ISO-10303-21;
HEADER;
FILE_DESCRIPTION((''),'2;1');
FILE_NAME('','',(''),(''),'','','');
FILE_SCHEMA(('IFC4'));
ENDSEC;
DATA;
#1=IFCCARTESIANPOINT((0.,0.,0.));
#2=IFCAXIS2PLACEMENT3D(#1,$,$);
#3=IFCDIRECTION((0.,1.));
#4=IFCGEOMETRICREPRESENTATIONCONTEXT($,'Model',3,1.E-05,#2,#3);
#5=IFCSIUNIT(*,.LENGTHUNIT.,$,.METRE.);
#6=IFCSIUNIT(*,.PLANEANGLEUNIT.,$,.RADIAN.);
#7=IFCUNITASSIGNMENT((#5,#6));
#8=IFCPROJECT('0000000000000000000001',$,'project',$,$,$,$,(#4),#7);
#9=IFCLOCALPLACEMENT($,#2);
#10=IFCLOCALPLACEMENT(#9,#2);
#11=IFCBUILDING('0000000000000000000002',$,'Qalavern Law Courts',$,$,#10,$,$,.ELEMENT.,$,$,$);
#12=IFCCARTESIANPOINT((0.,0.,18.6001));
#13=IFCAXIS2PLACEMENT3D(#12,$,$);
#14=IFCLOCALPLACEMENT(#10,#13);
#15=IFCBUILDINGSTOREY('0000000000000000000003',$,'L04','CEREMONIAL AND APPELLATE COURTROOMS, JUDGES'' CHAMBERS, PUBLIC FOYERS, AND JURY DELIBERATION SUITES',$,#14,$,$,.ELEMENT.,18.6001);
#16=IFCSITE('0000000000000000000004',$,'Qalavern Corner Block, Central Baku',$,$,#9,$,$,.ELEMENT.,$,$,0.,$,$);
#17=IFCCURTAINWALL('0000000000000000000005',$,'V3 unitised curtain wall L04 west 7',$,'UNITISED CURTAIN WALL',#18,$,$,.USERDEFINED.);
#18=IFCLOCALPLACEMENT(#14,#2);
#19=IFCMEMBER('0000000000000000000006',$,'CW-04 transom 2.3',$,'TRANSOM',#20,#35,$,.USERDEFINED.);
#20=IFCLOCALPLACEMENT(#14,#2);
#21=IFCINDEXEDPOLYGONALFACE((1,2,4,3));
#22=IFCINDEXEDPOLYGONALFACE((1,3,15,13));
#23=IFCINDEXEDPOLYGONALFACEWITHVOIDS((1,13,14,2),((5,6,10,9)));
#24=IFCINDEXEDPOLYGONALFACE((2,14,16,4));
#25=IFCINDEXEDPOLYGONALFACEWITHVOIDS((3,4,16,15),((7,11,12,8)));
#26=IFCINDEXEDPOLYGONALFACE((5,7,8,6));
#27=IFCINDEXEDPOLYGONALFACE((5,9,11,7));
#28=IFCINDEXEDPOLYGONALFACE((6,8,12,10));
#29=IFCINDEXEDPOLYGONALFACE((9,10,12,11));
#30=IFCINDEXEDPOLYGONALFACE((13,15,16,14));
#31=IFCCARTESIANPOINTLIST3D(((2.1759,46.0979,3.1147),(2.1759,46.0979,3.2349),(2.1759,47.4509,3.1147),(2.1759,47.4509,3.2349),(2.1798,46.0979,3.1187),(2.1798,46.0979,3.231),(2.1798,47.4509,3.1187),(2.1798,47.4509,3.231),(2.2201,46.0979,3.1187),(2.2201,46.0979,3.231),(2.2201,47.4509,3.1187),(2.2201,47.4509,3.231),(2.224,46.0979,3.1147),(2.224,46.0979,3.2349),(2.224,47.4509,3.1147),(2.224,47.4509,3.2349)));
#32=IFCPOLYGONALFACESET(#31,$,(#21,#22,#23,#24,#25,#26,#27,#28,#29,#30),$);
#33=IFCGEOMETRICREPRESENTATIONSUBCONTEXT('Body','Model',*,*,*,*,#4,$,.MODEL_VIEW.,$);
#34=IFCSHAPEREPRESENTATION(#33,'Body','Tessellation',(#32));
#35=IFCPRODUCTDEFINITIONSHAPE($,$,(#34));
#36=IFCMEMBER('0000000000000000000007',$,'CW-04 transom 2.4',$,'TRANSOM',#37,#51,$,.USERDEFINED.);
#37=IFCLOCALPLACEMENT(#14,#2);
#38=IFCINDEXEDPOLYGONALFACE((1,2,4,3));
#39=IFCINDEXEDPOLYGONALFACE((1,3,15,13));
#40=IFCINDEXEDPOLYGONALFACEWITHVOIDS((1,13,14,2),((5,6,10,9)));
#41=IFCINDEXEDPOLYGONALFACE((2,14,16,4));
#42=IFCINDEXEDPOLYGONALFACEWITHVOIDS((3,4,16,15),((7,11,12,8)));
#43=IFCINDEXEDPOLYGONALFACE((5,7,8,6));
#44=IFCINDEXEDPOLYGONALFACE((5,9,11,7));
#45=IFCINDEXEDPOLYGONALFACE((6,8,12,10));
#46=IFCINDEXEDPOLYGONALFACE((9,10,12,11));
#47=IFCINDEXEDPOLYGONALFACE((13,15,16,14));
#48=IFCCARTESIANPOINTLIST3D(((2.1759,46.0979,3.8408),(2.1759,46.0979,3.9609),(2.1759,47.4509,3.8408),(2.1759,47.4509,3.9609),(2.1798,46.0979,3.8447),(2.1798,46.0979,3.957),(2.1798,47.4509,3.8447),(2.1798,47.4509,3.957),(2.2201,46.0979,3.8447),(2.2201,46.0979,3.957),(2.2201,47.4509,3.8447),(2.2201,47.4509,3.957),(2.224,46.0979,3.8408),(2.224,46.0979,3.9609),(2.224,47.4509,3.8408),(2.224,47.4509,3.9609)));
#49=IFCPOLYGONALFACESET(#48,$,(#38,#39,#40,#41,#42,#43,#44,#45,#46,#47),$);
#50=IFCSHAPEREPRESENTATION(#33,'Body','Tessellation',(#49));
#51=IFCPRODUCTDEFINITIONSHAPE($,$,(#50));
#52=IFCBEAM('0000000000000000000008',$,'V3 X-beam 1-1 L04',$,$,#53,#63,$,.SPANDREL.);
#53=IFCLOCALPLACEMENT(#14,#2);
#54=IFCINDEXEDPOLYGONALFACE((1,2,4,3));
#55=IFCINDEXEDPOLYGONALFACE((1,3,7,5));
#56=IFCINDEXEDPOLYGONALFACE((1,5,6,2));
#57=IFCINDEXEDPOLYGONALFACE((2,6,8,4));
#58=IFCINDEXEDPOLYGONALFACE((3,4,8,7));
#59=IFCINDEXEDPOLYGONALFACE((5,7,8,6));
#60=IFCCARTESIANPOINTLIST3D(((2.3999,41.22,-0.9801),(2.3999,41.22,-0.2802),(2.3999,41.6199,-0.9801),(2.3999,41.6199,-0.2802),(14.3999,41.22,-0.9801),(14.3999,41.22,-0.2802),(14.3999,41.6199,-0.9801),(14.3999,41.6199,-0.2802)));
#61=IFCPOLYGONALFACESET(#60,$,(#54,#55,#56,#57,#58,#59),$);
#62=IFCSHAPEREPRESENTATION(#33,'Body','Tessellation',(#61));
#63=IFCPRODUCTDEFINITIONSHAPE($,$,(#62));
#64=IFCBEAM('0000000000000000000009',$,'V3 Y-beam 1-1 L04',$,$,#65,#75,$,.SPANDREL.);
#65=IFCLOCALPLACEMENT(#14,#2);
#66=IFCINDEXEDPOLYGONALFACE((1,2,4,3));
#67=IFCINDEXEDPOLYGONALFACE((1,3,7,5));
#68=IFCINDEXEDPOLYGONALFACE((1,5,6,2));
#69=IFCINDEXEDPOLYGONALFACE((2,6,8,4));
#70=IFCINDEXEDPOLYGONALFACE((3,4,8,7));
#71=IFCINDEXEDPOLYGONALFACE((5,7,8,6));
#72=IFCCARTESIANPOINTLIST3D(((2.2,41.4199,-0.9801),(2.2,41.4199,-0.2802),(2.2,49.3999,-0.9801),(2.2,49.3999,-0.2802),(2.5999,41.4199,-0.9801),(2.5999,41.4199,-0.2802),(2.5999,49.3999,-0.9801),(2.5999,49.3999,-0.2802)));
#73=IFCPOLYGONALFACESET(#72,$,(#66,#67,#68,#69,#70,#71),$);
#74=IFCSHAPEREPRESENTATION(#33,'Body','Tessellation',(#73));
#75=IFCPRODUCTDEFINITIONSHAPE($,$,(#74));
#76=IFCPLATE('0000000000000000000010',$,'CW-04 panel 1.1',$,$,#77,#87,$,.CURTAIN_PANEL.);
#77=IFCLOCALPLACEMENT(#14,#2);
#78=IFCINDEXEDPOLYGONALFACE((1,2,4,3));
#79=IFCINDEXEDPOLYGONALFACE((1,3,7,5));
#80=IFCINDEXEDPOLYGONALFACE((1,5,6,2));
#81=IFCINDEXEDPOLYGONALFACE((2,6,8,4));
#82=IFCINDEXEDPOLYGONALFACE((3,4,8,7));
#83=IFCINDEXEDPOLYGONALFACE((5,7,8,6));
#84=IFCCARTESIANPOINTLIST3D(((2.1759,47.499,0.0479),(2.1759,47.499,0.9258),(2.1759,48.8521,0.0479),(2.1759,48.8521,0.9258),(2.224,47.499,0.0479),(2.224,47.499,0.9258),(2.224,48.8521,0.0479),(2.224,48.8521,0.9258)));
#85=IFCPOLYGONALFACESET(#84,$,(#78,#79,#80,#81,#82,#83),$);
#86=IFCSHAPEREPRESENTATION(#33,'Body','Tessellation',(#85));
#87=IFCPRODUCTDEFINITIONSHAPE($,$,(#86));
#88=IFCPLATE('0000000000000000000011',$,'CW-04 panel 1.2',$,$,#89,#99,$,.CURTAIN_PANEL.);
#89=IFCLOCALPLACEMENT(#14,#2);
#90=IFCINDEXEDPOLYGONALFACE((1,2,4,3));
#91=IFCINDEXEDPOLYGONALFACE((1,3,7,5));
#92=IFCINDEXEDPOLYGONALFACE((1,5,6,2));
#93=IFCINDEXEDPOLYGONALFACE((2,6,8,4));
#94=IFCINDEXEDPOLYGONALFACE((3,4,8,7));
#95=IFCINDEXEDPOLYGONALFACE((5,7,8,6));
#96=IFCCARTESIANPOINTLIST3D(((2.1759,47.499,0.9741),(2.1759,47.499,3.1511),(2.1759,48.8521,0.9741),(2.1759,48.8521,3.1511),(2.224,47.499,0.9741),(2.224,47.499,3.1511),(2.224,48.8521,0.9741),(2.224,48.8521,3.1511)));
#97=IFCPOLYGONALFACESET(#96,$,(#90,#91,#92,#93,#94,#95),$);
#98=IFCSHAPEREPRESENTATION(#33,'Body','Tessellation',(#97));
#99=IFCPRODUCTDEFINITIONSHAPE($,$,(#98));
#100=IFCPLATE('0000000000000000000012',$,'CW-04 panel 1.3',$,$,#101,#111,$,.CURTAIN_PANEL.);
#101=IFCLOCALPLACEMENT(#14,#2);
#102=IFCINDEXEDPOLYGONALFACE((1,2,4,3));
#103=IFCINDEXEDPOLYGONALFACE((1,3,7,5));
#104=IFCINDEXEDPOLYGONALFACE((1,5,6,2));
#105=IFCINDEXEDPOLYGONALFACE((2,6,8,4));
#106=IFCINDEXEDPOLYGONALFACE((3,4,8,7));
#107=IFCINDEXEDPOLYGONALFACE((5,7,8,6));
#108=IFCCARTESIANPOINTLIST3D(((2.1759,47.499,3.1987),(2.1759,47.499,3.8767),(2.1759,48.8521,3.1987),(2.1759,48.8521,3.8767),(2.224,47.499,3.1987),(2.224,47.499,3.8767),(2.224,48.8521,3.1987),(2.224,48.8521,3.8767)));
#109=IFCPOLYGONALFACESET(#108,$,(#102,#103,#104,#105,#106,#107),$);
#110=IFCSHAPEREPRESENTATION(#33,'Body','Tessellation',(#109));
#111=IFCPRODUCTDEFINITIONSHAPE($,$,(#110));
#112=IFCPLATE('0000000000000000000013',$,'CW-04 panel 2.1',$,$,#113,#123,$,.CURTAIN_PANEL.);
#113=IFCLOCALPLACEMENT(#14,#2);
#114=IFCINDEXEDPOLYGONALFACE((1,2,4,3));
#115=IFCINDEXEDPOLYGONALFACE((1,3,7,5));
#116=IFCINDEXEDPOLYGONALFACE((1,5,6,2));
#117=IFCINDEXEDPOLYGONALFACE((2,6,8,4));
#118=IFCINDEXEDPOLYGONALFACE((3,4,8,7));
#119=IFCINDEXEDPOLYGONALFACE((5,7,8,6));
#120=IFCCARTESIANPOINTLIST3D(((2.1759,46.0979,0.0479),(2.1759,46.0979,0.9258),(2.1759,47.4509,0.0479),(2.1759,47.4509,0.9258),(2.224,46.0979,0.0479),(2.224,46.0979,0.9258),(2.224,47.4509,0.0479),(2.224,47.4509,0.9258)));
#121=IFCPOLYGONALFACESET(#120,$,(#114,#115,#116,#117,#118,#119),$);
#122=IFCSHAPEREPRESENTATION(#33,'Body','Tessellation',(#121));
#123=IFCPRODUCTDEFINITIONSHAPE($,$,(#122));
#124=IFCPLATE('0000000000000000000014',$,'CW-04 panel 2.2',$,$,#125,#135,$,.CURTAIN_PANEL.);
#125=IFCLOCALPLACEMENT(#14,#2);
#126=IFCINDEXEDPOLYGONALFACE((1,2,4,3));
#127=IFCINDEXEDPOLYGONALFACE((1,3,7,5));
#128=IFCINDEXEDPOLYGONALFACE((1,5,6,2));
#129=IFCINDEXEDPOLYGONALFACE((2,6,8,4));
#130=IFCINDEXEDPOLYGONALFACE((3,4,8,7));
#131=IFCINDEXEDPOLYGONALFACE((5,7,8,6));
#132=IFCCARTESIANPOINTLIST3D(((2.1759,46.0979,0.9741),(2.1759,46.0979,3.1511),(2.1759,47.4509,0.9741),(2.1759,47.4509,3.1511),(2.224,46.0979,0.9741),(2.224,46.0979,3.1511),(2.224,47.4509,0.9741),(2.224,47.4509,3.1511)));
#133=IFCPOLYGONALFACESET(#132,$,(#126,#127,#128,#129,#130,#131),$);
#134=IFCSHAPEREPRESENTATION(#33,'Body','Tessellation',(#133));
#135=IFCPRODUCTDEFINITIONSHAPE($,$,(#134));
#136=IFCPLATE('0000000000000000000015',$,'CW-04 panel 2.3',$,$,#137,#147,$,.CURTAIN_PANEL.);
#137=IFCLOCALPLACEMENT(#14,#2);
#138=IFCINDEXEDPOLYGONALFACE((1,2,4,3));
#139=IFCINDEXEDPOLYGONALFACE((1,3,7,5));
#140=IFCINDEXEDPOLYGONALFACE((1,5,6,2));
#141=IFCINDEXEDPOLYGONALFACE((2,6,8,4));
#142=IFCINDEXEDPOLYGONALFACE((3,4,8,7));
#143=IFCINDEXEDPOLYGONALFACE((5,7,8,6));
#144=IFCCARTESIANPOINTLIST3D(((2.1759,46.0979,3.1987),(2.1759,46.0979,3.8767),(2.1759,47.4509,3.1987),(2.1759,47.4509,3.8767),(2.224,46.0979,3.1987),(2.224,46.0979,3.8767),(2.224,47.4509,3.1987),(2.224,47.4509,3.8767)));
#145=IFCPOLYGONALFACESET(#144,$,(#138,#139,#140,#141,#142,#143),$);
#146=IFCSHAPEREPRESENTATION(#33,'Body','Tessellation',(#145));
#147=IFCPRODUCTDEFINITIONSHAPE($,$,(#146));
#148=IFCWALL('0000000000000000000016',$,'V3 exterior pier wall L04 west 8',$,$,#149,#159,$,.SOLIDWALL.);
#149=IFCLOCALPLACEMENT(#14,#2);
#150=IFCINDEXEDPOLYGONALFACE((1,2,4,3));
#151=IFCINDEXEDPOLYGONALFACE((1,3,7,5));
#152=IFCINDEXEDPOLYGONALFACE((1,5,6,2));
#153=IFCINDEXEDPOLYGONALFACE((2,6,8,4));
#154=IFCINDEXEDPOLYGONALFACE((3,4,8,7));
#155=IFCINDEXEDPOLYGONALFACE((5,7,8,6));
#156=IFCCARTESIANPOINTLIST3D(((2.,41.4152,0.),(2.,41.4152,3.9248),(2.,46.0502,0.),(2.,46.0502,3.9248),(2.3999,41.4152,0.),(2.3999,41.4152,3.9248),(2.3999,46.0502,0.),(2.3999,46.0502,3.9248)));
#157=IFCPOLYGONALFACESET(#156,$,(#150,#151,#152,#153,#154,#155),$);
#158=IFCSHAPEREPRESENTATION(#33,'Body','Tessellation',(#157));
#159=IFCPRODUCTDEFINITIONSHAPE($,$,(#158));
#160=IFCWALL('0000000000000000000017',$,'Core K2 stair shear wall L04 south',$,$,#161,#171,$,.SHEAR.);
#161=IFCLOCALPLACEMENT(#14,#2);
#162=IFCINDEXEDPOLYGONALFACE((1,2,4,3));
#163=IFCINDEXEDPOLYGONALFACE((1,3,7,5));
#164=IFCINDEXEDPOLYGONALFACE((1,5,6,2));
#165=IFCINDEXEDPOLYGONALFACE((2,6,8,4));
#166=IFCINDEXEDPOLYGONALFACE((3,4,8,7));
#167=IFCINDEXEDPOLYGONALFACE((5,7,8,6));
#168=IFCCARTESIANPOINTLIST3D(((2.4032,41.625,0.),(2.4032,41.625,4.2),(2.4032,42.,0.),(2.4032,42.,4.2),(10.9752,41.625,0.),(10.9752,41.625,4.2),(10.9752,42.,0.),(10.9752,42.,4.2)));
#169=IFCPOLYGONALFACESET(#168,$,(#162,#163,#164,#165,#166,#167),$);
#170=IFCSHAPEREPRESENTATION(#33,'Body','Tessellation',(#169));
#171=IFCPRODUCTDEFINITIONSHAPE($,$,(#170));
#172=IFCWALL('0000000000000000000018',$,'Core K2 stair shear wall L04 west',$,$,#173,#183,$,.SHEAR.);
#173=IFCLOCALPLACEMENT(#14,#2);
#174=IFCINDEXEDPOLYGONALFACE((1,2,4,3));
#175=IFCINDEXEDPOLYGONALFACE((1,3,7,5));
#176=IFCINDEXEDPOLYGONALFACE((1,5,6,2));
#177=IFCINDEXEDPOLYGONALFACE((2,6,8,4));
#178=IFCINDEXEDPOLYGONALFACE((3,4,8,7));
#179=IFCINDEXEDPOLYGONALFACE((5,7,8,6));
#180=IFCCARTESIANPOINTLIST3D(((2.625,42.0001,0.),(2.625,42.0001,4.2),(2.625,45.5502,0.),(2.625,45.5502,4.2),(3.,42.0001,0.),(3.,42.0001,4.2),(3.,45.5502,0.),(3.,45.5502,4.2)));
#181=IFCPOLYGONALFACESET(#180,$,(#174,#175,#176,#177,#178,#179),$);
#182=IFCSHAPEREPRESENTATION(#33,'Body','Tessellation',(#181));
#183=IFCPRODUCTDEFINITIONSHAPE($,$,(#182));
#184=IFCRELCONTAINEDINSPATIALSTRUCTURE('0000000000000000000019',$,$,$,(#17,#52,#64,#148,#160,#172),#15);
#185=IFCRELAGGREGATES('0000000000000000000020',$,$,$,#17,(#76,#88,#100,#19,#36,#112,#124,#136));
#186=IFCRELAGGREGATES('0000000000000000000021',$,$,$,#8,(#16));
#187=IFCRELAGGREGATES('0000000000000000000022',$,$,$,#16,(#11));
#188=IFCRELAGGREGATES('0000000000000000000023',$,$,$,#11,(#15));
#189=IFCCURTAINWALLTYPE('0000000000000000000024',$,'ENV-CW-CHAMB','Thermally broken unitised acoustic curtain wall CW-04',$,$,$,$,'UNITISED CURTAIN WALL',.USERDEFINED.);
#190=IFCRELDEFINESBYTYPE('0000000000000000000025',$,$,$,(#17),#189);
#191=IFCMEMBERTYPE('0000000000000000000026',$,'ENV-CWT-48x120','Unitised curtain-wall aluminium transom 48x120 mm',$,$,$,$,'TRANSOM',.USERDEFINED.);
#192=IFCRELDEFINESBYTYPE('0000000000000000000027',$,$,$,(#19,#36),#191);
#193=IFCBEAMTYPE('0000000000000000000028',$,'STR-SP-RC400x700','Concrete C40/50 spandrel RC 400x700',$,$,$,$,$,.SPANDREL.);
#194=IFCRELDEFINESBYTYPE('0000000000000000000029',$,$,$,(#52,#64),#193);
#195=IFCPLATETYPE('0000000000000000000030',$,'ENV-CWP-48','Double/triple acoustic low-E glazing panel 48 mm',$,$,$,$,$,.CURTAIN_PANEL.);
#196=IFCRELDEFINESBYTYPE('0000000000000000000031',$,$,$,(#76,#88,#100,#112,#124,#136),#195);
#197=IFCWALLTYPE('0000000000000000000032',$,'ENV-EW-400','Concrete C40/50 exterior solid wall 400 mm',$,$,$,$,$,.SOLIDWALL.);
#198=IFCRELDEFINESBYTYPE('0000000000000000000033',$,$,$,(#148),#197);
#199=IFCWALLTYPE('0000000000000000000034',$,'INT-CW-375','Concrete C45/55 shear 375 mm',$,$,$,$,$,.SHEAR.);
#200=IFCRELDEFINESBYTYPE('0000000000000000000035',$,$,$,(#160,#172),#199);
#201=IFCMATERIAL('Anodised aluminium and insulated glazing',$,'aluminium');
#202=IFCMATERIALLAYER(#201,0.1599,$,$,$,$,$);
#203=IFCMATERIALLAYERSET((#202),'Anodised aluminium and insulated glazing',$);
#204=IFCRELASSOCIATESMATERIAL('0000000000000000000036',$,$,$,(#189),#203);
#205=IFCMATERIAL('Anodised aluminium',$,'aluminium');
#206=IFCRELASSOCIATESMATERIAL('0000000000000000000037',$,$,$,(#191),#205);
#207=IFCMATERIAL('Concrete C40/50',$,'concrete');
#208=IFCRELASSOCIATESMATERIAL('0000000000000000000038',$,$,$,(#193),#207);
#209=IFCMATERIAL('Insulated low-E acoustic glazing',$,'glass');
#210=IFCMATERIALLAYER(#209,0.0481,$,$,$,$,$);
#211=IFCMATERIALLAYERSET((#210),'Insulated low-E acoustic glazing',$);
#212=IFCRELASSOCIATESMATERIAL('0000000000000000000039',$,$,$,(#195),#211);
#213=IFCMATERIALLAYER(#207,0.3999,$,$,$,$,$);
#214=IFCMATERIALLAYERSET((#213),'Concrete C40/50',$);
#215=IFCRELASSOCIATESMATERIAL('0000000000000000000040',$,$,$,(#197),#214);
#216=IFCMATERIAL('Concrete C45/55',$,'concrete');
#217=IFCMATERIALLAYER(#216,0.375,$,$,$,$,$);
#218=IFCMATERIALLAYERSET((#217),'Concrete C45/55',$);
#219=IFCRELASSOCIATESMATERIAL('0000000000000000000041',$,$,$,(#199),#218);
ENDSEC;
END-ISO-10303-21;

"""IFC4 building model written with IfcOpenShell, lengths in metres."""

from ifc_helpers import new_model, si_unit, direction, frame, frame_2d, origin, origin_2d, place, context, subcontext, project, spatial, rectangle, hollow_rectangle, extrude, material, layer, layer_set, material_profile, profile_set, type_object, element, aggregate, save


model = new_model("IFC4")

# Units and contexts
model_context = context("Model", 3, precision=1e-05, world=origin(), true_north=direction((0.0, 1.0)))
body_context = subcontext(model_context, "Body", "Model", "MODEL_VIEW")
ifc_project = project(units=[si_unit("LENGTHUNIT", "METRE"), si_unit("PLANEANGLEUNIT", "RADIAN")], contexts=[model_context])

# Site, building, storey
site_placement = place(None, origin())
site = spatial("IfcSite", under=ifc_project, at=site_placement, Name="Qalavern Corner Block, Central Baku", CompositionType="ELEMENT", RefElevation=0.0)
building_placement = place(site_placement, origin())
building = spatial("IfcBuilding", under=site, at=building_placement, Name="Qalavern Law Courts", CompositionType="ELEMENT")
storey_placement = place(building_placement, frame((0.0, 0.0, 18.6001)))
storey = spatial("IfcBuildingStorey", under=building, at=storey_placement, Name="L04", Description="CEREMONIAL AND APPELLATE COURTROOMS, JUDGES' CHAMBERS, PUBLIC FOYERS, AND JURY DELIBERATION SUITES", CompositionType="ELEMENT", Elevation=18.6001)

# Shared definitions
ifc_material_1 = material(Name="Concrete C45/55", Category="concrete")

# Curtain wall, members
ifc_material_2 = material(Name="Anodised aluminium and insulated glazing", Category="aluminium")
ifc_layer_1 = layer(ifc_material_2, 0.1599)
ifc_layer_set_1 = layer_set([ifc_layer_1], Name="Anodised aluminium and insulated glazing")
curtain_wall_type = type_object("IfcCurtainWallType", Name="ENV-CW-CHAMB", Description="Thermally broken unitised acoustic curtain wall CW-04", ElementType="UNITISED CURTAIN WALL", PredefinedType="USERDEFINED", material=ifc_layer_set_1)
curtain_wall_placement = place(storey_placement, origin())
curtain_wall = element("IfcCurtainWall", 1, at=curtain_wall_placement, inside=storey, type_object=curtain_wall_type, Name="V3 unitised curtain wall L04 west 7", ObjectType="UNITISED CURTAIN WALL", PredefinedType="USERDEFINED")
ifc_material_3 = material(Name="Anodised aluminium", Category="aluminium")
ifc_material_profile_1 = material_profile(ifc_material_3, hollow_rectangle(XDim=0.0481, YDim=0.1201, WallThickness=0.0039, at=origin_2d()), Name="ALU TRANSOM 48x120")
ifc_profile_set_1 = profile_set([ifc_material_profile_1], Name="Anodised aluminium")
member_type_1 = type_object("IfcMemberType", Name="ENV-CWT-48x120", Description="Unitised curtain-wall aluminium transom 48x120 mm", ElementType="TRANSOM", PredefinedType="USERDEFINED", material=ifc_profile_set_1)
member_1_placement = place(storey_placement, frame((2.2, 47.4509, 3.1748), z_axis=(0.0, -1.0, 0.0), x_axis=(1.0, 0.0, 0.0)))
member_1 = element("IfcMember", 2, at=member_1_placement, type_object=member_type_1, Name="CW-04 transom 2.3", ObjectType="TRANSOM", PredefinedType="USERDEFINED", context=body_context, shape_type="SweptSolid", body=[
    extrude(hollow_rectangle(XDim=0.0481, YDim=0.1201, WallThickness=0.0039, at=origin_2d()), origin(), (0.0, 0.0, 1.0), 1.353),
])
member_2_placement = place(storey_placement, frame((2.2, 47.4509, 3.9009), z_axis=(0.0, -1.0, 0.0), x_axis=(1.0, 0.0, 0.0)))
member_2 = element("IfcMember", 3, at=member_2_placement, type_object=member_type_1, Name="CW-04 transom 2.4", ObjectType="TRANSOM", PredefinedType="USERDEFINED", context=body_context, shape_type="SweptSolid", body=[
    extrude(hollow_rectangle(XDim=0.0481, YDim=0.1201, WallThickness=0.0039, at=origin_2d()), origin(), (0.0, 0.0, 1.0), 1.353),
])

# Beams
ifc_material_4 = material(Name="Concrete C40/50", Category="concrete")
ifc_material_profile_2 = material_profile(ifc_material_4, rectangle(XDim=0.3999, YDim=0.7, at=origin_2d()), Name="RC 400x700")
ifc_profile_set_2 = profile_set([ifc_material_profile_2], Name="Concrete C40/50")
beam_type = type_object("IfcBeamType", Name="STR-SP-RC400x700", Description="Concrete C40/50 spandrel RC 400x700", PredefinedType="SPANDREL", material=ifc_profile_set_2)
beam_1_placement = place(storey_placement, frame((2.3999, 41.4199, -0.6301), z_axis=(1.0, 0.0, 0.0), x_axis=(0.0, 1.0, 0.0)))
element("IfcBeam", 4, at=beam_1_placement, inside=storey, type_object=beam_type, Name="V3 X-beam 1-1 L04", PredefinedType="SPANDREL", context=body_context, shape_type="SweptSolid", body=[
    extrude(rectangle(XDim=0.3999, YDim=0.7, at=origin_2d()), origin(), (0.0, 0.0, 1.0), 12.0),
])
beam_2_placement = place(storey_placement, frame((2.3999, 41.4199, -0.6301), z_axis=(0.0, 1.0, 0.0), x_axis=(-1.0, 0.0, 0.0)))
element("IfcBeam", 5, at=beam_2_placement, inside=storey, type_object=beam_type, Name="V3 Y-beam 1-1 L04", PredefinedType="SPANDREL", context=body_context, shape_type="SweptSolid", body=[
    extrude(rectangle(XDim=0.3999, YDim=0.7, at=origin_2d()), origin(), (0.0, 0.0, 1.0), 7.98),
])

# Plates
ifc_material_5 = material(Name="Insulated low-E acoustic glazing", Category="glass")
ifc_layer_2 = layer(ifc_material_5, 0.0481)
ifc_layer_set_2 = layer_set([ifc_layer_2], Name="Insulated low-E acoustic glazing")
plate_type = type_object("IfcPlateType", Name="ENV-CWP-48", Description="Double/triple acoustic low-E glazing panel 48 mm", PredefinedType="CURTAIN_PANEL", material=ifc_layer_set_2)
plate_1_placement = place(storey_placement, frame((2.2, 48.1755, 0.0479), z_axis=(0.0, 0.0, 1.0), x_axis=(0.0, -1.0, 0.0)))
plate_1 = element("IfcPlate", 6, at=plate_1_placement, type_object=plate_type, Name="CW-04 panel 1.1", PredefinedType="CURTAIN_PANEL", context=body_context, shape_type="SweptSolid", body=[
    extrude(rectangle(XDim=1.353, YDim=0.0481, at=origin_2d()), origin(), (0.0, 0.0, 1.0), 0.8779),
])
plate_2_placement = place(storey_placement, frame((2.2, 48.1755, 0.9741), z_axis=(0.0, 0.0, 1.0), x_axis=(0.0, -1.0, 0.0)))
plate_2 = element("IfcPlate", 7, at=plate_2_placement, type_object=plate_type, Name="CW-04 panel 1.2", PredefinedType="CURTAIN_PANEL", context=body_context, shape_type="SweptSolid", body=[
    extrude(rectangle(XDim=1.353, YDim=0.0481, at=origin_2d()), origin(), (0.0, 0.0, 1.0), 2.177),
])
plate_3_placement = place(storey_placement, frame((2.2, 48.1755, 3.1987), z_axis=(0.0, 0.0, 1.0), x_axis=(0.0, -1.0, 0.0)))
plate_3 = element("IfcPlate", 8, at=plate_3_placement, type_object=plate_type, Name="CW-04 panel 1.3", PredefinedType="CURTAIN_PANEL", context=body_context, shape_type="SweptSolid", body=[
    extrude(rectangle(XDim=1.353, YDim=0.0481, at=origin_2d()), origin(), (0.0, 0.0, 1.0), 0.678),
])
plate_4_placement = place(storey_placement, frame((2.2, 46.7744, 0.0479), z_axis=(0.0, 0.0, 1.0), x_axis=(0.0, -1.0, 0.0)))
plate_4 = element("IfcPlate", 9, at=plate_4_placement, type_object=plate_type, Name="CW-04 panel 2.1", PredefinedType="CURTAIN_PANEL", context=body_context, shape_type="SweptSolid", body=[
    extrude(rectangle(XDim=1.353, YDim=0.0481, at=origin_2d()), origin(), (0.0, 0.0, 1.0), 0.8779),
])
plate_5_placement = place(storey_placement, frame((2.2, 46.7744, 0.9741), z_axis=(0.0, 0.0, 1.0), x_axis=(0.0, -1.0, 0.0)))
plate_5 = element("IfcPlate", 10, at=plate_5_placement, type_object=plate_type, Name="CW-04 panel 2.2", PredefinedType="CURTAIN_PANEL", context=body_context, shape_type="SweptSolid", body=[
    extrude(rectangle(XDim=1.353, YDim=0.0481, at=origin_2d()), origin(), (0.0, 0.0, 1.0), 2.177),
])
plate_6_placement = place(storey_placement, frame((2.2, 46.7744, 3.1987), z_axis=(0.0, 0.0, 1.0), x_axis=(0.0, -1.0, 0.0)))
plate_6 = element("IfcPlate", 11, at=plate_6_placement, type_object=plate_type, Name="CW-04 panel 2.3", PredefinedType="CURTAIN_PANEL", context=body_context, shape_type="SweptSolid", body=[
    extrude(rectangle(XDim=1.353, YDim=0.0481, at=origin_2d()), origin(), (0.0, 0.0, 1.0), 0.678),
])
aggregate(curtain_wall, [plate_1, plate_2, plate_3, member_1, member_2, plate_4, plate_5, plate_6])

# Walls
ifc_layer_3 = layer(ifc_material_4, 0.3999)
ifc_layer_set_3 = layer_set([ifc_layer_3], Name="Concrete C40/50")
wall_type_1 = type_object("IfcWallType", Name="ENV-EW-400", Description="Concrete C40/50 exterior solid wall 400 mm", PredefinedType="SOLIDWALL", material=ifc_layer_set_3)
wall_1_placement = place(storey_placement, frame((2.2, 46.05, 0.0), z_axis=(0.0, 0.0, 1.0), x_axis=(0.0, -1.0, 0.0)))
element("IfcWall", 12, at=wall_1_placement, inside=storey, type_object=wall_type_1, Name="V3 exterior pier wall L04 west 8", PredefinedType="SOLIDWALL", context=body_context, shape_type="SweptSolid", body=[
    extrude(rectangle(XDim=4.635, YDim=0.3999, at=frame_2d((2.3174, 0.0))), origin(), (0.0, 0.0, 1.0), 3.9248),
])
ifc_layer_4 = layer(ifc_material_1, 0.375)
ifc_layer_set_4 = layer_set([ifc_layer_4], Name="Concrete C45/55")
wall_type_2 = type_object("IfcWallType", Name="INT-CW-375", Description="Concrete C45/55 shear 375 mm", PredefinedType="SHEAR", material=ifc_layer_set_4)
wall_2_placement = place(storey_placement, frame((2.4031, 41.8125, 0.0), z_axis=(0.0, 0.0, 1.0), x_axis=(1.0, 0.0, 0.0)))
element("IfcWall", 13, at=wall_2_placement, inside=storey, type_object=wall_type_2, Name="Core K2 stair shear wall L04 south", PredefinedType="SHEAR", context=body_context, shape_type="SweptSolid", body=[
    extrude(rectangle(XDim=8.572, YDim=0.375, at=frame_2d((4.2861, 0.0))), origin(), (0.0, 0.0, 1.0), 4.2),
])
wall_3_placement = place(storey_placement, frame((2.8125, 45.55, 0.0), z_axis=(0.0, 0.0, 1.0), x_axis=(0.0, -1.0, 0.0)))
element("IfcWall", 14, at=wall_3_placement, inside=storey, type_object=wall_type_2, Name="Core K2 stair shear wall L04 west", PredefinedType="SHEAR", context=body_context, shape_type="SweptSolid", body=[
    extrude(rectangle(XDim=3.55, YDim=0.375, at=frame_2d((1.7749, 0.0))), origin(), (0.0, 0.0, 1.0), 4.2),
])

save(model, "model.ifc")
